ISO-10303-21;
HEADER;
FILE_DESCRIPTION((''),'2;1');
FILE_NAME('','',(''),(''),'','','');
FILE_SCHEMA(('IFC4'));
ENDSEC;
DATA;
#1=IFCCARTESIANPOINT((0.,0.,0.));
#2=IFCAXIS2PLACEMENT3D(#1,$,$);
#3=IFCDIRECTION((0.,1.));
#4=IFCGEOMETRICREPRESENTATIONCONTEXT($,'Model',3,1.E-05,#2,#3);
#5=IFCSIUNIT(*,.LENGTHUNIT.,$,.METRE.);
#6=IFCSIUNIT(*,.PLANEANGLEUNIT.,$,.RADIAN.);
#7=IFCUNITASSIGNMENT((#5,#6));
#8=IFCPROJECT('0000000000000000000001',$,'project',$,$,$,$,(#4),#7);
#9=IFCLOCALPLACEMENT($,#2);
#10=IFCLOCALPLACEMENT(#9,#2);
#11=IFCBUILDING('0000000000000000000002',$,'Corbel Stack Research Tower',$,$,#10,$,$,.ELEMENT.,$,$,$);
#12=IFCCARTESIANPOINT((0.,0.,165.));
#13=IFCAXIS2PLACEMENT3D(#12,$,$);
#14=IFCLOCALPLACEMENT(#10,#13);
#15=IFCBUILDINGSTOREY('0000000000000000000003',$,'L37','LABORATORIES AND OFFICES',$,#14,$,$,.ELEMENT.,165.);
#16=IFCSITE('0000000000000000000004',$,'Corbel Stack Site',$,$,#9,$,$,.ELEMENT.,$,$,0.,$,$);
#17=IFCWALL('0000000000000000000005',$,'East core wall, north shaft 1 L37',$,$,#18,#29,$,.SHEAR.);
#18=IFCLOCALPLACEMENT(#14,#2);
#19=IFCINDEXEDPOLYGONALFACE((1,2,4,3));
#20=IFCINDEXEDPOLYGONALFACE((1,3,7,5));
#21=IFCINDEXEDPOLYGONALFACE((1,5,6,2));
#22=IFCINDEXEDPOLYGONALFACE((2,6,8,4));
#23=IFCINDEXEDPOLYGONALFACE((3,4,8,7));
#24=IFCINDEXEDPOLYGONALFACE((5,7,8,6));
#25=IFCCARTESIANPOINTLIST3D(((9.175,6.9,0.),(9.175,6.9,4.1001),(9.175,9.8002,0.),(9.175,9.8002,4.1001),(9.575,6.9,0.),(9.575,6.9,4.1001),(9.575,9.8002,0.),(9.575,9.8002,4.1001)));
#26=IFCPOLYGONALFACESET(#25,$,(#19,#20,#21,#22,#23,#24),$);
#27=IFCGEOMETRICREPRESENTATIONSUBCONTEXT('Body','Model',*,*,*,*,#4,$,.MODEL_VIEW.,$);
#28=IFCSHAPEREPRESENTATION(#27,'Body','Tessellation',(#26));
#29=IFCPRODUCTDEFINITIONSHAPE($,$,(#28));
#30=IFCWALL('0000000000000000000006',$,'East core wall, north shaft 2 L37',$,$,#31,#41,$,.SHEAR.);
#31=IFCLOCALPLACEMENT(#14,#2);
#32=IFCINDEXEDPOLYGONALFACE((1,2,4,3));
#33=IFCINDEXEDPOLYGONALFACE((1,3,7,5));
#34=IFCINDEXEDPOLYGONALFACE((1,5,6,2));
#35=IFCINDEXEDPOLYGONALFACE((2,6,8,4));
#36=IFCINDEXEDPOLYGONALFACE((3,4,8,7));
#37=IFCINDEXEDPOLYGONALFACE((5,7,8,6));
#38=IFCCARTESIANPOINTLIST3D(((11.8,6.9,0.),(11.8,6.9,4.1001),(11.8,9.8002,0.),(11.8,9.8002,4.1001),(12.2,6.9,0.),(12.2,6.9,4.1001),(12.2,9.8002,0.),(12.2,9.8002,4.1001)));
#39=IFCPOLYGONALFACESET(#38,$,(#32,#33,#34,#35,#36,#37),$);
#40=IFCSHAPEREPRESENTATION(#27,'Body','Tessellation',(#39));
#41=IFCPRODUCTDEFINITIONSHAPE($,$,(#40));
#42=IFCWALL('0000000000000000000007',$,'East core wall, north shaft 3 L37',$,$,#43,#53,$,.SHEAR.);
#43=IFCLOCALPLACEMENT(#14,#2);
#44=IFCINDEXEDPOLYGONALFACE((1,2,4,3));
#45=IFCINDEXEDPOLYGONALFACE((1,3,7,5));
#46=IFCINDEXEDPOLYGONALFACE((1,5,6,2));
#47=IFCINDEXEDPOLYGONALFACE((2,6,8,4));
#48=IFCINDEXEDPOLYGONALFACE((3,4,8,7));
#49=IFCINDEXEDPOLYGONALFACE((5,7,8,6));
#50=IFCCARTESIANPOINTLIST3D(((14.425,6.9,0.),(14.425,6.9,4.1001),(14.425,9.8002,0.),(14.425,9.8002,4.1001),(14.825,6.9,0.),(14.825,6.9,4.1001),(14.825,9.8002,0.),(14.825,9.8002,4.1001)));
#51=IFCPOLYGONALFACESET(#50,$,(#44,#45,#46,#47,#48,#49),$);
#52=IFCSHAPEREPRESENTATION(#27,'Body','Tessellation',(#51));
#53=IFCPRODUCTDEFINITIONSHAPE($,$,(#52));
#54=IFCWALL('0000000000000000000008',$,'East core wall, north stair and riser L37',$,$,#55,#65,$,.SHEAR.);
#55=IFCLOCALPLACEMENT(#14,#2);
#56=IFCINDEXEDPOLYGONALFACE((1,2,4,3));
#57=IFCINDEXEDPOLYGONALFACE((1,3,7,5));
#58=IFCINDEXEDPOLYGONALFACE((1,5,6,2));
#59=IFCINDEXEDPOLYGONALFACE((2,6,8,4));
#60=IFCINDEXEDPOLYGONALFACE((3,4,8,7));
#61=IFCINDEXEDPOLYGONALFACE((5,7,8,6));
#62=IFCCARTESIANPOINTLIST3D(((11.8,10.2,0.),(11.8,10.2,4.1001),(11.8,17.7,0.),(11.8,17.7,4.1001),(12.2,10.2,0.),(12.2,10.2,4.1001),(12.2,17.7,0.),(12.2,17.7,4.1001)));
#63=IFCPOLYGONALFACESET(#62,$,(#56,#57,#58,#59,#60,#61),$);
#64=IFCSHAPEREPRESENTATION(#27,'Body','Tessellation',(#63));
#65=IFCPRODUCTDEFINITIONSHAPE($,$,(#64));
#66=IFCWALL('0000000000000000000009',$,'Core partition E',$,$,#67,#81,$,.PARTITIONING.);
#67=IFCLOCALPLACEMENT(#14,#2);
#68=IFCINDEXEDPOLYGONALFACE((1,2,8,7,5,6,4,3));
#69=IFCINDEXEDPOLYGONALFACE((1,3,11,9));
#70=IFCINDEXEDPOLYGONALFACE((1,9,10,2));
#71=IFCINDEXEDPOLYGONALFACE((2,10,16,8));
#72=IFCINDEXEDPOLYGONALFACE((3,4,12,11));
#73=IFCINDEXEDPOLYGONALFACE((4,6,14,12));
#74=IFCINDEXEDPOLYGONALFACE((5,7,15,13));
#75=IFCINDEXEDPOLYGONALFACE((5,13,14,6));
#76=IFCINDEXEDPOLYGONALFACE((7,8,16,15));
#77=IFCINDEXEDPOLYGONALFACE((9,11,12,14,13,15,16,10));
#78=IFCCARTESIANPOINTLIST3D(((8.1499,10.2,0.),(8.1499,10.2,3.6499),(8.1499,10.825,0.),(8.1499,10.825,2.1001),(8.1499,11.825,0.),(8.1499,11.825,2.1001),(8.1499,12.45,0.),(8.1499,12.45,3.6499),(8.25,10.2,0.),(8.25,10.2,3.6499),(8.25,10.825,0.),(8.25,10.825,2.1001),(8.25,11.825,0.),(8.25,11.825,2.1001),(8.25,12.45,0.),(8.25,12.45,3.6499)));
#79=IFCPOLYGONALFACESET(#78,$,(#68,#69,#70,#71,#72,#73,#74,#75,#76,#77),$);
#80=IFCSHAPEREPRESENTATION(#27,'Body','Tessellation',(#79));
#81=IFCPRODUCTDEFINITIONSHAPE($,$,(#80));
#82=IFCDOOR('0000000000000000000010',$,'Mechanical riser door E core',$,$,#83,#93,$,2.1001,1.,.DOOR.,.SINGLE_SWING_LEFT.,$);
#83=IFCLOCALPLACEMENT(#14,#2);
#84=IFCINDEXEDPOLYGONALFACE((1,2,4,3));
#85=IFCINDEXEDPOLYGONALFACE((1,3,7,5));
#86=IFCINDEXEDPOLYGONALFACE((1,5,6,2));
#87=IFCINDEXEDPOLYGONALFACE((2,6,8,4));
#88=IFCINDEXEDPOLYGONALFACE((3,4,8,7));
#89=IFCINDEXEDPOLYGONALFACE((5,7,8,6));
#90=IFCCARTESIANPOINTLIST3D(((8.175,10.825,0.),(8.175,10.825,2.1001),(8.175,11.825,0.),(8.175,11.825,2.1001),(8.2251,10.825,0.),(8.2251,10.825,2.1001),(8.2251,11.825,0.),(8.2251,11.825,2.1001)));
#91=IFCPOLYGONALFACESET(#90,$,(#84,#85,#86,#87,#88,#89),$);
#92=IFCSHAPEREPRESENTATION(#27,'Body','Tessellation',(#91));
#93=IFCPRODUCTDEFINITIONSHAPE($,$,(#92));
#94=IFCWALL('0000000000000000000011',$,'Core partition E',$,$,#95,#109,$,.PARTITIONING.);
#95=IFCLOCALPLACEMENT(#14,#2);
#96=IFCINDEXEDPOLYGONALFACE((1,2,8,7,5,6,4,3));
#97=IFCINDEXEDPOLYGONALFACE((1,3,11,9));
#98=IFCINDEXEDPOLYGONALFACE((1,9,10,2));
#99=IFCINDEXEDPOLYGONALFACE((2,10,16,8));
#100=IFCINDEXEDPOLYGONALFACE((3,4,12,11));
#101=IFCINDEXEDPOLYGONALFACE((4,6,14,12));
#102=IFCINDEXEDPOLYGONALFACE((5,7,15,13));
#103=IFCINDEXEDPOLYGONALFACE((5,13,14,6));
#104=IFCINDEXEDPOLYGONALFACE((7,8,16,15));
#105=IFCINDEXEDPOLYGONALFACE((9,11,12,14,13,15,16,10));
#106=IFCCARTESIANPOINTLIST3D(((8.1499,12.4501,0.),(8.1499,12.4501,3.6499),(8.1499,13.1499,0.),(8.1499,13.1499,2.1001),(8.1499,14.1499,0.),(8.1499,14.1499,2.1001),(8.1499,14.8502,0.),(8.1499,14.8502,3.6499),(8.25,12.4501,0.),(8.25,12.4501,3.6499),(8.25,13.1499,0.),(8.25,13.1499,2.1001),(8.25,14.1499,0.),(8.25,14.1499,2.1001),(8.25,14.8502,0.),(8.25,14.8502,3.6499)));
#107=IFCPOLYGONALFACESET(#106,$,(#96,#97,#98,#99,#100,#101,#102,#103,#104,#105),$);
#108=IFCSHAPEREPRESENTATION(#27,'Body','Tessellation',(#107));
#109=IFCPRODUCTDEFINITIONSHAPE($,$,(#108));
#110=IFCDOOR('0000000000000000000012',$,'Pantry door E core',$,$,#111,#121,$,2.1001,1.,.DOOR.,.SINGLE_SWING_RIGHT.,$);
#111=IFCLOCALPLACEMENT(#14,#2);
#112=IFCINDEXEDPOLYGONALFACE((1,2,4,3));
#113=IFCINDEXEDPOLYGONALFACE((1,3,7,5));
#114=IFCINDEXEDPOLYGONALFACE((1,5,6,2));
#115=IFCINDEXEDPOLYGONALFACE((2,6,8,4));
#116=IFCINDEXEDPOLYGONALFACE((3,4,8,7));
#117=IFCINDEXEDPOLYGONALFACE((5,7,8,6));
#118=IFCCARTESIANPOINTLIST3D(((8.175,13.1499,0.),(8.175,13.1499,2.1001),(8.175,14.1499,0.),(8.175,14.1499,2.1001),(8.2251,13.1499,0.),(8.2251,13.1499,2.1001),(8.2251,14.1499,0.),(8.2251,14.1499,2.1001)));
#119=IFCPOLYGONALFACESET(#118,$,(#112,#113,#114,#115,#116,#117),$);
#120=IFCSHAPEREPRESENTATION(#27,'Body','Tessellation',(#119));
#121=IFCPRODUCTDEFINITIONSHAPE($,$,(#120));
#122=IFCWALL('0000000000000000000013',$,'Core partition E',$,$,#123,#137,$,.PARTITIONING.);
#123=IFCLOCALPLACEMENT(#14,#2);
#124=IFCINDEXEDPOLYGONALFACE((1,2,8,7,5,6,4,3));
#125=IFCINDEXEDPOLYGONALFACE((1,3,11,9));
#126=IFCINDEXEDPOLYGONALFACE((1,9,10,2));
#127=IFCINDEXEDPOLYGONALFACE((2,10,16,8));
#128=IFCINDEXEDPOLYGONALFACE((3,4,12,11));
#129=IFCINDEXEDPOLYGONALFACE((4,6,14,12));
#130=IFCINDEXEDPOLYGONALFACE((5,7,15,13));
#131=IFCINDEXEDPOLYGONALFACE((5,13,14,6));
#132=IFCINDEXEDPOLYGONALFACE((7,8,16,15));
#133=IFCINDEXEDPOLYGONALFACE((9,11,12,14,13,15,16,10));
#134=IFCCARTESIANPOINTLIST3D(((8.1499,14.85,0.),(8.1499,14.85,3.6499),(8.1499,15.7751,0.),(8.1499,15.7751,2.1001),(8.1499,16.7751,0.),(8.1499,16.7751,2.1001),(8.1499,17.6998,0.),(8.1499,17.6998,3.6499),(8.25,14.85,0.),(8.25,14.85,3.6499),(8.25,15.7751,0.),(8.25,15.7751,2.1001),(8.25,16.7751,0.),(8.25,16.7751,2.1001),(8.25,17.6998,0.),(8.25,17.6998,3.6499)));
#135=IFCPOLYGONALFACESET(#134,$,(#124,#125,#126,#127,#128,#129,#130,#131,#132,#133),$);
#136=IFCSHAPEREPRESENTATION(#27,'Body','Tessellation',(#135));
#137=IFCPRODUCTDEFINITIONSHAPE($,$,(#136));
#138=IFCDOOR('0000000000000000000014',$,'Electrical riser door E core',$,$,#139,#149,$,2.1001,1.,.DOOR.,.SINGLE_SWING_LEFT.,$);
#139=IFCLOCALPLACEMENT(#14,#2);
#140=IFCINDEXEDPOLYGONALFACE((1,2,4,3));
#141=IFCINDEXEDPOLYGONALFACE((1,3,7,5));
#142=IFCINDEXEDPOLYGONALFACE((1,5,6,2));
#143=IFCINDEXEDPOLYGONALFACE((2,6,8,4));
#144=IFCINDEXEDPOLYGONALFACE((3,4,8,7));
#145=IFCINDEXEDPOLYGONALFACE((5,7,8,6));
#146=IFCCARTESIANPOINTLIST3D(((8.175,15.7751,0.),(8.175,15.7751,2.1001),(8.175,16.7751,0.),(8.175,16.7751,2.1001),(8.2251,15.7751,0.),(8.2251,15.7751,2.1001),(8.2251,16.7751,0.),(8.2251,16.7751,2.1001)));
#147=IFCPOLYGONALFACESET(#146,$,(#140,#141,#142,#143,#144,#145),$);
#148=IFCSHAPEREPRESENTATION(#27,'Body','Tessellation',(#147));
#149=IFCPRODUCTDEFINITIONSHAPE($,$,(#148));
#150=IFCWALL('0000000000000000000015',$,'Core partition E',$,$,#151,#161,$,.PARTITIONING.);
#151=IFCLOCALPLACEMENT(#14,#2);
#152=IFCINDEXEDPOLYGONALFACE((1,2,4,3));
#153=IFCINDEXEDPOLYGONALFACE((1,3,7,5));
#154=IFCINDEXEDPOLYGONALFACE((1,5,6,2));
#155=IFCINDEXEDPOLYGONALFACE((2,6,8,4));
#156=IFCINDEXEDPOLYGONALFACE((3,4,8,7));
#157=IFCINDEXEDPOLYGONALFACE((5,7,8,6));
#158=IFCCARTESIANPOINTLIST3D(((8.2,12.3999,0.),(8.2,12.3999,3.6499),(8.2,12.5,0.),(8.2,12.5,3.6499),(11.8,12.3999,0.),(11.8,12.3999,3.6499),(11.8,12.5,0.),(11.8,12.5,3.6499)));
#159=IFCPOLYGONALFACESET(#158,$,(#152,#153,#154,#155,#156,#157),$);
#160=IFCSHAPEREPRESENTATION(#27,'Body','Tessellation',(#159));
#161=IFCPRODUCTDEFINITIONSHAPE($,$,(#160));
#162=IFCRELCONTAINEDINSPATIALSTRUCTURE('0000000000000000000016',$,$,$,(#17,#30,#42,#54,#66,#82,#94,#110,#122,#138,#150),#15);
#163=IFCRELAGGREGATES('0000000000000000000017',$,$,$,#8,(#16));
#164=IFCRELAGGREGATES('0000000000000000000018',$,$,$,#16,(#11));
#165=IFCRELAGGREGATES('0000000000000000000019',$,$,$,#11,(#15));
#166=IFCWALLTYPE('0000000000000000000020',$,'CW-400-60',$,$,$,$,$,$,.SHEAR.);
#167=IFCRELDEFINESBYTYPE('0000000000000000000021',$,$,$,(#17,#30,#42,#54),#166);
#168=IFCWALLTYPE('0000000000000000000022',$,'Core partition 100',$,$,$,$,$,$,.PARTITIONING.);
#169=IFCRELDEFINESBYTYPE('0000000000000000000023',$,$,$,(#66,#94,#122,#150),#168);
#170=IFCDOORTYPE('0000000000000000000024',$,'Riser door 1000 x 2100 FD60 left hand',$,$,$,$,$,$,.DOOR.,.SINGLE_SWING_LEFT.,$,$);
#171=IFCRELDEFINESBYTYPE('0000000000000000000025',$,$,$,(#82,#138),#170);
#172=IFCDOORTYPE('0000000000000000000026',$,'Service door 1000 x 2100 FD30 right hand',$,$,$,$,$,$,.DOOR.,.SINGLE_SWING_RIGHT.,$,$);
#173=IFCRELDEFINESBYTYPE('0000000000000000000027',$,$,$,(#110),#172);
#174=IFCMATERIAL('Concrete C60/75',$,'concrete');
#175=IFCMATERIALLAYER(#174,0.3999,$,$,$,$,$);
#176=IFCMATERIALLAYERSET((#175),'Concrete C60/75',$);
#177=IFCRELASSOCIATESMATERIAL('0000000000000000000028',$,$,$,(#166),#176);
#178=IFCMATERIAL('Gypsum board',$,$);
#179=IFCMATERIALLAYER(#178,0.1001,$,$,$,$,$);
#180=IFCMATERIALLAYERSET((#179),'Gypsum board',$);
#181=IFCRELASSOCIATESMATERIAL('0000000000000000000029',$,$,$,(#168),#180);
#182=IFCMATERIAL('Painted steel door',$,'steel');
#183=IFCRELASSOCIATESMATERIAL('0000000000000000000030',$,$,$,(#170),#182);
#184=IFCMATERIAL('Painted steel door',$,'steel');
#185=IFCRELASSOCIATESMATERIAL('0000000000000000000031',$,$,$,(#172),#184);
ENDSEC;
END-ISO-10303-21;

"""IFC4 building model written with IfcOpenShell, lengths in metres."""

from ifc_helpers import new_model, si_unit, direction, frame, frame_2d, origin, place, context, subcontext, project, spatial, rectangle, extrude, material, layer, layer_set, type_object, element, fill, save


model = new_model("IFC4")

# Units and contexts
model_context = context("Model", 3, precision=1e-05, world=origin(), true_north=direction((0.0, 1.0)))
body_context = subcontext(model_context, "Body", "Model", "MODEL_VIEW")
ifc_project = project(units=[si_unit("LENGTHUNIT", "METRE"), si_unit("PLANEANGLEUNIT", "RADIAN")], contexts=[model_context])

# Site, building, storey
site_placement = place(None, origin())
site = spatial("IfcSite", under=ifc_project, at=site_placement, Name="Corbel Stack Site", CompositionType="ELEMENT", RefElevation=0.0)
building_placement = place(site_placement, origin())
building = spatial("IfcBuilding", under=site, at=building_placement, Name="Corbel Stack Research Tower", CompositionType="ELEMENT")
storey_placement = place(building_placement, frame((0.0, 0.0, 165.0)))
storey = spatial("IfcBuildingStorey", under=building, at=storey_placement, Name="L37", Description="LABORATORIES AND OFFICES", CompositionType="ELEMENT", Elevation=165.0)

# Walls
ifc_material_1 = material(Name="Concrete C60/75", Category="concrete")
ifc_layer_1 = layer(ifc_material_1, 0.3999)
ifc_layer_set_1 = layer_set([ifc_layer_1], Name="Concrete C60/75")
wall_type_1 = type_object("IfcWallType", Name="CW-400-60", PredefinedType="SHEAR", material=ifc_layer_set_1)
for number, where, z_axis, x_axis, name in (
    (1, (9.375, 6.8999, 0.0), (0.0, 0.0, 1.0), (0.0, 1.0, 0.0), "East core wall, north shaft 1 L37"),
    (2, (12.0, 6.8999, 0.0), (0.0, 0.0, 1.0), (0.0, 1.0, 0.0), "East core wall, north shaft 2 L37"),
    (3, (14.625, 6.8999, 0.0), (0.0, 0.0, 1.0), (0.0, 1.0, 0.0), "East core wall, north shaft 3 L37"),
):
    element("IfcWall", number, at=place(storey_placement, frame(where, z_axis=z_axis, x_axis=x_axis)), inside=storey, type_object=wall_type_1, Name=name, PredefinedType="SHEAR", context=body_context, shape_type="SweptSolid", body=[
        extrude(rectangle(XDim=2.9001, YDim=0.3999, at=frame_2d((1.4502, 0.0))), origin(), (0.0, 0.0, 1.0), 4.1001),
    ])
wall_1_placement = place(storey_placement, frame((12.0, 10.2, 0.0), z_axis=(0.0, 0.0, 1.0), x_axis=(0.0, 1.0, 0.0)))
element("IfcWall", 4, at=wall_1_placement, inside=storey, type_object=wall_type_1, Name="East core wall, north stair and riser L37", PredefinedType="SHEAR", context=body_context, shape_type="SweptSolid", body=[
    extrude(rectangle(XDim=7.5, YDim=0.3999, at=frame_2d((3.75, 0.0))), origin(), (0.0, 0.0, 1.0), 4.1001),
])

# Walls, openings, doors
ifc_material_2 = material(Name="Gypsum board")
ifc_layer_2 = layer(ifc_material_2, 0.1001)
ifc_layer_set_2 = layer_set([ifc_layer_2], Name="Gypsum board")
wall_type_2 = type_object("IfcWallType", Name="Core partition 100", PredefinedType="PARTITIONING", material=ifc_layer_set_2)
wall_2_placement = place(storey_placement, frame((8.2, 10.2, 0.0), z_axis=(0.0, 0.0, 1.0), x_axis=(0.0, 1.0, 0.0)))
wall_2 = element("IfcWall", 5, at=wall_2_placement, inside=storey, type_object=wall_type_2, Name="Core partition E", PredefinedType="PARTITIONING", context=body_context, shape_type="SweptSolid", body=[
    extrude(rectangle(XDim=2.25, YDim=0.1001, at=frame_2d((1.125, 0.0))), origin(), (0.0, 0.0, 1.0), 3.6499),
])
opening_1_placement = place(wall_2_placement, frame((0.625, 0.0, 0.0)))
opening_1 = element("IfcOpeningElement", 6, at=opening_1_placement, cuts=wall_2, PredefinedType="OPENING", context=body_context, shape_type="SweptSolid", body=[
    extrude(rectangle(XDim=1.0, YDim=2.1001, at=frame_2d((0.5, 1.05))), frame((0.0, 0.0601, 0.0), z_axis=(0.0, -1.0, 0.0), x_axis=(1.0, 0.0, 0.0)), (0.0, 0.0, 1.0), 0.1201),
])
ifc_material_3 = material(Name="Painted steel door", Category="steel")
door_type_1 = type_object("IfcDoorType", Name="Riser door 1000 x 2100 FD60 left hand", OperationType="SINGLE_SWING_LEFT", PredefinedType="DOOR", material=ifc_material_3)
door_1_placement = place(opening_1_placement, origin())
door_1 = element("IfcDoor", 7, at=door_1_placement, inside=storey, type_object=door_type_1, Name="Mechanical riser door E core", OperationType="SINGLE_SWING_LEFT", OverallHeight=2.1001, OverallWidth=1.0, PredefinedType="DOOR", context=body_context, shape_type="SweptSolid", body=[
    extrude(rectangle(XDim=1.0, YDim=2.1001, at=frame_2d((0.5, 1.05))), frame((0.0, 0.0249, 0.0), z_axis=(0.0, -1.0, 0.0), x_axis=(1.0, 0.0, 0.0)), (0.0, 0.0, 1.0), 0.05),
])
fill(opening_1, door_1)
wall_3_placement = place(storey_placement, frame((8.2, 12.45, 0.0), z_axis=(0.0, 0.0, 1.0), x_axis=(0.0, 1.0, 0.0)))
wall_3 = element("IfcWall", 8, at=wall_3_placement, inside=storey, type_object=wall_type_2, Name="Core partition E", PredefinedType="PARTITIONING", context=body_context, shape_type="SweptSolid", body=[
    extrude(rectangle(XDim=2.4001, YDim=0.1001, at=frame_2d((1.2002, 0.0))), origin(), (0.0, 0.0, 1.0), 3.6499),
])
opening_2_placement = place(wall_3_placement, frame((0.7, 0.0, 0.0)))
opening_2 = element("IfcOpeningElement", 9, at=opening_2_placement, cuts=wall_3, PredefinedType="OPENING", context=body_context, shape_type="SweptSolid", body=[
    extrude(rectangle(XDim=1.0, YDim=2.1001, at=frame_2d((0.5, 1.05))), frame((0.0, 0.0601, 0.0), z_axis=(0.0, -1.0, 0.0), x_axis=(1.0, 0.0, 0.0)), (0.0, 0.0, 1.0), 0.1201),
])
ifc_material_4 = material(Name="Painted steel door", Category="steel")
door_type_2 = type_object("IfcDoorType", Name="Service door 1000 x 2100 FD30 right hand", OperationType="SINGLE_SWING_RIGHT", PredefinedType="DOOR", material=ifc_material_4)
door_2_placement = place(opening_2_placement, origin())
door_2 = element("IfcDoor", 10, at=door_2_placement, inside=storey, type_object=door_type_2, Name="Pantry door E core", OperationType="SINGLE_SWING_RIGHT", OverallHeight=2.1001, OverallWidth=1.0, PredefinedType="DOOR", context=body_context, shape_type="SweptSolid", body=[
    extrude(rectangle(XDim=1.0, YDim=2.1001, at=frame_2d((0.5, 1.05))), frame((0.0, 0.0249, 0.0), z_axis=(0.0, -1.0, 0.0), x_axis=(1.0, 0.0, 0.0)), (0.0, 0.0, 1.0), 0.05),
])
fill(opening_2, door_2)
wall_4_placement = place(storey_placement, frame((8.2, 14.8501, 0.0), z_axis=(0.0, 0.0, 1.0), x_axis=(0.0, 1.0, 0.0)))
wall_4 = element("IfcWall", 11, at=wall_4_placement, inside=storey, type_object=wall_type_2, Name="Core partition E", PredefinedType="PARTITIONING", context=body_context, shape_type="SweptSolid", body=[
    extrude(rectangle(XDim=2.8499, YDim=0.1001, at=frame_2d((1.4248, 0.0))), origin(), (0.0, 0.0, 1.0), 3.6499),
])
opening_3_placement = place(wall_4_placement, frame((0.925, 0.0, 0.0)))
opening_3 = element("IfcOpeningElement", 12, at=opening_3_placement, cuts=wall_4, PredefinedType="OPENING", context=body_context, shape_type="SweptSolid", body=[
    extrude(rectangle(XDim=1.0, YDim=2.1001, at=frame_2d((0.5, 1.05))), frame((0.0, 0.0601, 0.0), z_axis=(0.0, -1.0, 0.0), x_axis=(1.0, 0.0, 0.0)), (0.0, 0.0, 1.0), 0.1201),
])
door_3_placement = place(opening_3_placement, origin())
door_3 = element("IfcDoor", 13, at=door_3_placement, inside=storey, type_object=door_type_1, Name="Electrical riser door E core", OperationType="SINGLE_SWING_LEFT", OverallHeight=2.1001, OverallWidth=1.0, PredefinedType="DOOR", context=body_context, shape_type="SweptSolid", body=[
    extrude(rectangle(XDim=1.0, YDim=2.1001, at=frame_2d((0.5, 1.05))), frame((0.0, 0.0249, 0.0), z_axis=(0.0, -1.0, 0.0), x_axis=(1.0, 0.0, 0.0)), (0.0, 0.0, 1.0), 0.05),
])
fill(opening_3, door_3)

# Wall
wall_5_placement = place(storey_placement, frame((8.2, 12.45, 0.0), z_axis=(0.0, 0.0, 1.0), x_axis=(1.0, 0.0, 0.0)))
element("IfcWall", 14, at=wall_5_placement, inside=storey, type_object=wall_type_2, Name="Core partition E", PredefinedType="PARTITIONING", context=body_context, shape_type="SweptSolid", body=[
    extrude(rectangle(XDim=3.6001, YDim=0.1001, at=frame_2d((1.8, 0.0))), origin(), (0.0, 0.0, 1.0), 3.6499),
])

save(model, "model.ifc")
